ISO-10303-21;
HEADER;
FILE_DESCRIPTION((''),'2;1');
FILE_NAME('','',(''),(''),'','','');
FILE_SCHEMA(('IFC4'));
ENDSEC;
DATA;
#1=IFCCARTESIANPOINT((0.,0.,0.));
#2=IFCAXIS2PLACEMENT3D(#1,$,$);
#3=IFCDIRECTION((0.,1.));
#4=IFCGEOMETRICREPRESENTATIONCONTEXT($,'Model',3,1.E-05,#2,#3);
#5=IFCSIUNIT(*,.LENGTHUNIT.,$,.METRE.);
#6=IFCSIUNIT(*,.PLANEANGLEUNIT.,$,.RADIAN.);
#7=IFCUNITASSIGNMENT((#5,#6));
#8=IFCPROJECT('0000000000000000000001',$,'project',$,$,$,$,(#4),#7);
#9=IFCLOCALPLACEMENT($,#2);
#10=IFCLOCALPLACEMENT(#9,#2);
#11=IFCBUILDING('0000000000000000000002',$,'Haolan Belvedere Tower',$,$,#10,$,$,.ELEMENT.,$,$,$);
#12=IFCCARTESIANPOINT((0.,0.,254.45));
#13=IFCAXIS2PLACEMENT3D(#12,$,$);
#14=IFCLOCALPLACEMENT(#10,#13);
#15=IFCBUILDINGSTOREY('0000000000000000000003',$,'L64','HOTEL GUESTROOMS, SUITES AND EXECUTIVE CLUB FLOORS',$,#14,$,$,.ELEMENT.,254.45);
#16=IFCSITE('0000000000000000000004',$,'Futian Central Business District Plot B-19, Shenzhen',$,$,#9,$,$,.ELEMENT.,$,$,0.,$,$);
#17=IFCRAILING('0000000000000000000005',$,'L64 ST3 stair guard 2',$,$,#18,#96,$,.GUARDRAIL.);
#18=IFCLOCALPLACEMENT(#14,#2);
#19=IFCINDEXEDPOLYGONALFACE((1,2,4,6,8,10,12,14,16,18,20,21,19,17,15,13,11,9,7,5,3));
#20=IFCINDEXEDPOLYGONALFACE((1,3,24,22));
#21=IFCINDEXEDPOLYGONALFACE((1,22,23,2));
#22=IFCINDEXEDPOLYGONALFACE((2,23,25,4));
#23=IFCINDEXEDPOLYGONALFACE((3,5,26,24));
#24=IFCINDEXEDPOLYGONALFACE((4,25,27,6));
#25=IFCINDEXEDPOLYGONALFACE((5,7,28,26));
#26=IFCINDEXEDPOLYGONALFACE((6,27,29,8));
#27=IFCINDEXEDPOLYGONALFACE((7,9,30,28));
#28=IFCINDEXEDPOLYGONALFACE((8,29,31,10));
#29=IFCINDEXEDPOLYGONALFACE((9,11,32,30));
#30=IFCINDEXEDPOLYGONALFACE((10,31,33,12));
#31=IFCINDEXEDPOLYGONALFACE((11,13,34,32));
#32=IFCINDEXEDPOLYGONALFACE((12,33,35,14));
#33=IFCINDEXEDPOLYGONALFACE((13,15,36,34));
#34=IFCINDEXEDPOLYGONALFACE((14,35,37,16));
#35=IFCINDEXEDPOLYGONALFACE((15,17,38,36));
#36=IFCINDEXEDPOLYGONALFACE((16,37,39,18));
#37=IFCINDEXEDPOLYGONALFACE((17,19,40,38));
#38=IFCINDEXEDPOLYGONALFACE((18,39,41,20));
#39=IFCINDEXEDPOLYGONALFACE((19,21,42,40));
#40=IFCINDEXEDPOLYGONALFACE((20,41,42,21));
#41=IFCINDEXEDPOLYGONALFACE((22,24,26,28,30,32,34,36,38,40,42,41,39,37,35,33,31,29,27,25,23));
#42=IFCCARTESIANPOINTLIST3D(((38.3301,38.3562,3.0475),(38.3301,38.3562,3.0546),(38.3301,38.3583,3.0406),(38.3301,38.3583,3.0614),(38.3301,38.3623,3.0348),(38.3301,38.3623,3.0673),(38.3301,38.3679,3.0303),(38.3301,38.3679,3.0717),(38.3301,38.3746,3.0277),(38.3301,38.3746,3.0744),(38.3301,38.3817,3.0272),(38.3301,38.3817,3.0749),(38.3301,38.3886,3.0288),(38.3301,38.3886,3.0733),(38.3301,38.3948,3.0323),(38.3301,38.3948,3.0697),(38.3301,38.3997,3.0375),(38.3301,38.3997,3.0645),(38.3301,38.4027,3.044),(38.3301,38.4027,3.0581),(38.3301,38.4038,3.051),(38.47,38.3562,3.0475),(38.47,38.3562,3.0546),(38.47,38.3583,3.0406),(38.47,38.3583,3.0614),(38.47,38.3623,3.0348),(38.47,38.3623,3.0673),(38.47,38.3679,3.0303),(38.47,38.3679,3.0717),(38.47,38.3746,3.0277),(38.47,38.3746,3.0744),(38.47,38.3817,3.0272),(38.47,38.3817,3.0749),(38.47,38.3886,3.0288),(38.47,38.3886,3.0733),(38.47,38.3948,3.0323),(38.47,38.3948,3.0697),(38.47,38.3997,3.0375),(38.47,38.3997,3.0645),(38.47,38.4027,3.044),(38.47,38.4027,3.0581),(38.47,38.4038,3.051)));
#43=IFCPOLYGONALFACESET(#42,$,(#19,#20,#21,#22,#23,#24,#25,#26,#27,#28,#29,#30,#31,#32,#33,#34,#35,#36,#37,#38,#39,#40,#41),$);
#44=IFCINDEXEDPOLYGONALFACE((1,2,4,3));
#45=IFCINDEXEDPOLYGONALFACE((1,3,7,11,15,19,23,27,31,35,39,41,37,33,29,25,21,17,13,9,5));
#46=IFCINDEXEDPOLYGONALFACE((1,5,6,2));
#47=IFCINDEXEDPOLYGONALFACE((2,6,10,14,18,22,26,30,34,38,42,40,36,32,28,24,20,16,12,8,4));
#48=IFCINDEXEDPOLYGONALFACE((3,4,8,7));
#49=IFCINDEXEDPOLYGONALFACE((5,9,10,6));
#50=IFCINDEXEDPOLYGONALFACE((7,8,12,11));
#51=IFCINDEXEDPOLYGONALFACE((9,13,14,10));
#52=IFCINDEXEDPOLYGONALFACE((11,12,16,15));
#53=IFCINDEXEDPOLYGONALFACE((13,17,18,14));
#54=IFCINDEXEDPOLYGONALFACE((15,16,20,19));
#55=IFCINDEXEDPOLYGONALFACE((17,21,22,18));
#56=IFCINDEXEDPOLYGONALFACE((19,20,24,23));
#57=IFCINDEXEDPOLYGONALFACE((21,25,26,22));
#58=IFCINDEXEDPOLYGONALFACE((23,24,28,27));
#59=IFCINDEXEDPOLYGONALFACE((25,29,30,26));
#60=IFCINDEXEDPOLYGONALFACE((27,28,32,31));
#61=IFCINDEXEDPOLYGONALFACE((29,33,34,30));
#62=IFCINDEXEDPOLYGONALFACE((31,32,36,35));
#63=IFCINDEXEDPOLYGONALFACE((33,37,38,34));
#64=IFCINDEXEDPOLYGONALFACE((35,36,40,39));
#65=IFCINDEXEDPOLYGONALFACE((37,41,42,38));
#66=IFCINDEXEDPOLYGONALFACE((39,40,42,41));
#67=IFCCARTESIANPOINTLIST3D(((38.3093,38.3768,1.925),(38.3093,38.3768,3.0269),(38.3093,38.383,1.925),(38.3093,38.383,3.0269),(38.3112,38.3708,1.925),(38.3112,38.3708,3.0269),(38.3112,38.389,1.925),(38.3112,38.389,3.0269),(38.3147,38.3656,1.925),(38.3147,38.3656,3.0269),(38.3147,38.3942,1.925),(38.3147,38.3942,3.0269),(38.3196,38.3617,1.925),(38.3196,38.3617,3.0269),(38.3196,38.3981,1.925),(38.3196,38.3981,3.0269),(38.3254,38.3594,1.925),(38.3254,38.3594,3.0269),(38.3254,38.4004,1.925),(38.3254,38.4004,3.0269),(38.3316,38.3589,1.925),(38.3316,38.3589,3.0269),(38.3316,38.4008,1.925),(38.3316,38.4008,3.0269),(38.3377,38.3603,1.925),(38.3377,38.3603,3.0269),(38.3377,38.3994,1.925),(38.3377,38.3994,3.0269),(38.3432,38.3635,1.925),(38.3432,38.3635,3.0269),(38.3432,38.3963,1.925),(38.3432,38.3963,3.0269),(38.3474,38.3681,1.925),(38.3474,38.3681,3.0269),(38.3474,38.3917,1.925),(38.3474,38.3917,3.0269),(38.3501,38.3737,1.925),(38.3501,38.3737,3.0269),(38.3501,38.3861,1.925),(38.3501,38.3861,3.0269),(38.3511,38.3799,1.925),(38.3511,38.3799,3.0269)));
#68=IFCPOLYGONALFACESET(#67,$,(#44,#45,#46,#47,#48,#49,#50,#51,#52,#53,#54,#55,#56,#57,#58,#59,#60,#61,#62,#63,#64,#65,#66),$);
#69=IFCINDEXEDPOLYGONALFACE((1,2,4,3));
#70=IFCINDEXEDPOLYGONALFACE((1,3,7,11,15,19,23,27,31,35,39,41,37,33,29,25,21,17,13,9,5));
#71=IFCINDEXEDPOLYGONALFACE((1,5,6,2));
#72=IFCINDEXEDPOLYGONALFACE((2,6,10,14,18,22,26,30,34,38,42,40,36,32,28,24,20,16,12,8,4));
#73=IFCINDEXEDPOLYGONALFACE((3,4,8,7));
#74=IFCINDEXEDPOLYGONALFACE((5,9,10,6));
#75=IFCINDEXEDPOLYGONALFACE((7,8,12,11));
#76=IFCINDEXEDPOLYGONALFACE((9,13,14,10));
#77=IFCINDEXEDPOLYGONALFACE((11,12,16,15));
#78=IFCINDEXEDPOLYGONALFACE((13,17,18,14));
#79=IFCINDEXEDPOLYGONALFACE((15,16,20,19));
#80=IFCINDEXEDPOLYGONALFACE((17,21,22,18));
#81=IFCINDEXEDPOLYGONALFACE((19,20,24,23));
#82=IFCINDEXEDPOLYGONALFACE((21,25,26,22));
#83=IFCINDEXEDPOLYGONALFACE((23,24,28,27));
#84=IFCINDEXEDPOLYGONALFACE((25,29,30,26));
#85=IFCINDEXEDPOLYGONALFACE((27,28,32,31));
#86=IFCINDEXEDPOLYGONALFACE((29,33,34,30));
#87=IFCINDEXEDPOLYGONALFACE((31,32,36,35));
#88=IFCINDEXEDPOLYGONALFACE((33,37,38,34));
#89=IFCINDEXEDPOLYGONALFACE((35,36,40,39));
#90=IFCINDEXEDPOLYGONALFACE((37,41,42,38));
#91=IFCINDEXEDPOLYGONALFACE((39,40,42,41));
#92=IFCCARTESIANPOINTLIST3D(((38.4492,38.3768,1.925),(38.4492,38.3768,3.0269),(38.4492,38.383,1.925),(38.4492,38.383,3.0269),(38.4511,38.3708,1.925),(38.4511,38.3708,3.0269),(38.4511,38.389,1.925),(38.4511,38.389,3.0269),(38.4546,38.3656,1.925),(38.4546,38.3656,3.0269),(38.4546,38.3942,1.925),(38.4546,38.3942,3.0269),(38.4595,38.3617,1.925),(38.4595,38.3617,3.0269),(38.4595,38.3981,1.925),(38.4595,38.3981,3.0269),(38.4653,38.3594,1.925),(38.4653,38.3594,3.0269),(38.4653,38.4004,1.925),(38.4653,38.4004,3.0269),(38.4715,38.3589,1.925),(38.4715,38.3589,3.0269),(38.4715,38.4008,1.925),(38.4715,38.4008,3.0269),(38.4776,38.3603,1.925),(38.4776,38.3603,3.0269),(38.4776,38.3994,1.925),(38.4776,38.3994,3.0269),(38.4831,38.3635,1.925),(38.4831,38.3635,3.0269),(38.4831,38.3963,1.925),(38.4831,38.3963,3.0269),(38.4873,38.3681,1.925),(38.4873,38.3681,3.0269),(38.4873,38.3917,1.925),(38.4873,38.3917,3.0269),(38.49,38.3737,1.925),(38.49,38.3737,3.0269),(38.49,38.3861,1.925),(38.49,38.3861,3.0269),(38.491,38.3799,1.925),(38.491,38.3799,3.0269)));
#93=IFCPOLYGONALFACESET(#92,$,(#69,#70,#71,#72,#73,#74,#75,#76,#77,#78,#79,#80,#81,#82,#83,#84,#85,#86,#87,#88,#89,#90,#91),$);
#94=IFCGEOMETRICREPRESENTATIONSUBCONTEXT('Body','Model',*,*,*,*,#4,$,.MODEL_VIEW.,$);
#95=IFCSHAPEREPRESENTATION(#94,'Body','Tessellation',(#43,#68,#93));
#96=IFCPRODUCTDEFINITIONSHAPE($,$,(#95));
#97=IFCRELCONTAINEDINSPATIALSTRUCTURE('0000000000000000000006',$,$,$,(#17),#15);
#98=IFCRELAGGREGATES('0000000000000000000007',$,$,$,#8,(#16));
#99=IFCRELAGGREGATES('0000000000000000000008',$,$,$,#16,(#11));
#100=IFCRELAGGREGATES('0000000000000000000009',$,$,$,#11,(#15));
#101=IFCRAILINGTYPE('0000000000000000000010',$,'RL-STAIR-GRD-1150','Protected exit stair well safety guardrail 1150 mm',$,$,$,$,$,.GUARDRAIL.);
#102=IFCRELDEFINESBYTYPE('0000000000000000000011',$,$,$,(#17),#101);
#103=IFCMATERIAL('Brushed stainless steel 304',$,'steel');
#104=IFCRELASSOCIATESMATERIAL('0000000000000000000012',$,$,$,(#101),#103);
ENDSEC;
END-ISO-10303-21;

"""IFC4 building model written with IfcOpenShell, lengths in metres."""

from ifc_helpers import new_model, si_unit, direction, frame, origin, origin_2d, place, context, subcontext, project, spatial, circle, extrude, material, type_object, element, save


model = new_model("IFC4")

# Units and contexts
model_context = context("Model", 3, precision=1e-05, world=origin(), true_north=direction((0.0, 1.0)))
body_context = subcontext(model_context, "Body", "Model", "MODEL_VIEW")
ifc_project = project(units=[si_unit("LENGTHUNIT", "METRE"), si_unit("PLANEANGLEUNIT", "RADIAN")], contexts=[model_context])

# Site, building, storey
site_placement = place(None, origin())
site = spatial("IfcSite", under=ifc_project, at=site_placement, Name="Futian Central Business District Plot B-19, Shenzhen", CompositionType="ELEMENT", RefElevation=0.0)
building_placement = place(site_placement, origin())
building = spatial("IfcBuilding", under=site, at=building_placement, Name="Haolan Belvedere Tower", CompositionType="ELEMENT")
storey_placement = place(building_placement, frame((0.0, 0.0, 254.45)))
storey = spatial("IfcBuildingStorey", under=building, at=storey_placement, Name="L64", Description="HOTEL GUESTROOMS, SUITES AND EXECUTIVE CLUB FLOORS", CompositionType="ELEMENT", Elevation=254.45)

# Railing
ifc_material_1 = material(Name="Brushed stainless steel 304", Category="steel")
railing_type_1 = type_object("IfcRailingType", Name="RL-STAIR-GRD-1150", Description="Protected exit stair well safety guardrail 1150 mm", PredefinedType="GUARDRAIL", material=ifc_material_1)
railing_1_placement = place(storey_placement, frame((38.3301, 38.3799, 1.925)))
element("IfcRailing", 1, at=railing_1_placement, inside=storey, type_object=railing_type_1, Name="L64 ST3 stair guard 2", PredefinedType="GUARDRAIL", context=body_context, shape_type="SweptSolid", body=[
    extrude(circle(Radius=0.0239, at=origin_2d()), frame((0.0, 0.0, 1.126), z_axis=(1.0, 0.0, 0.0), x_axis=(0.0, 1.0, 0.0)), (0.0, 0.0, 1.0), 0.1399),
    extrude(circle(Radius=0.021, at=origin_2d()), origin(), (0.0, 0.0, 1.0), 1.1018),
    extrude(circle(Radius=0.021, at=origin_2d()), frame((0.1399, 0.0, 0.0)), (0.0, 0.0, 1.0), 1.1018),
])

save(model, "model.ifc")
